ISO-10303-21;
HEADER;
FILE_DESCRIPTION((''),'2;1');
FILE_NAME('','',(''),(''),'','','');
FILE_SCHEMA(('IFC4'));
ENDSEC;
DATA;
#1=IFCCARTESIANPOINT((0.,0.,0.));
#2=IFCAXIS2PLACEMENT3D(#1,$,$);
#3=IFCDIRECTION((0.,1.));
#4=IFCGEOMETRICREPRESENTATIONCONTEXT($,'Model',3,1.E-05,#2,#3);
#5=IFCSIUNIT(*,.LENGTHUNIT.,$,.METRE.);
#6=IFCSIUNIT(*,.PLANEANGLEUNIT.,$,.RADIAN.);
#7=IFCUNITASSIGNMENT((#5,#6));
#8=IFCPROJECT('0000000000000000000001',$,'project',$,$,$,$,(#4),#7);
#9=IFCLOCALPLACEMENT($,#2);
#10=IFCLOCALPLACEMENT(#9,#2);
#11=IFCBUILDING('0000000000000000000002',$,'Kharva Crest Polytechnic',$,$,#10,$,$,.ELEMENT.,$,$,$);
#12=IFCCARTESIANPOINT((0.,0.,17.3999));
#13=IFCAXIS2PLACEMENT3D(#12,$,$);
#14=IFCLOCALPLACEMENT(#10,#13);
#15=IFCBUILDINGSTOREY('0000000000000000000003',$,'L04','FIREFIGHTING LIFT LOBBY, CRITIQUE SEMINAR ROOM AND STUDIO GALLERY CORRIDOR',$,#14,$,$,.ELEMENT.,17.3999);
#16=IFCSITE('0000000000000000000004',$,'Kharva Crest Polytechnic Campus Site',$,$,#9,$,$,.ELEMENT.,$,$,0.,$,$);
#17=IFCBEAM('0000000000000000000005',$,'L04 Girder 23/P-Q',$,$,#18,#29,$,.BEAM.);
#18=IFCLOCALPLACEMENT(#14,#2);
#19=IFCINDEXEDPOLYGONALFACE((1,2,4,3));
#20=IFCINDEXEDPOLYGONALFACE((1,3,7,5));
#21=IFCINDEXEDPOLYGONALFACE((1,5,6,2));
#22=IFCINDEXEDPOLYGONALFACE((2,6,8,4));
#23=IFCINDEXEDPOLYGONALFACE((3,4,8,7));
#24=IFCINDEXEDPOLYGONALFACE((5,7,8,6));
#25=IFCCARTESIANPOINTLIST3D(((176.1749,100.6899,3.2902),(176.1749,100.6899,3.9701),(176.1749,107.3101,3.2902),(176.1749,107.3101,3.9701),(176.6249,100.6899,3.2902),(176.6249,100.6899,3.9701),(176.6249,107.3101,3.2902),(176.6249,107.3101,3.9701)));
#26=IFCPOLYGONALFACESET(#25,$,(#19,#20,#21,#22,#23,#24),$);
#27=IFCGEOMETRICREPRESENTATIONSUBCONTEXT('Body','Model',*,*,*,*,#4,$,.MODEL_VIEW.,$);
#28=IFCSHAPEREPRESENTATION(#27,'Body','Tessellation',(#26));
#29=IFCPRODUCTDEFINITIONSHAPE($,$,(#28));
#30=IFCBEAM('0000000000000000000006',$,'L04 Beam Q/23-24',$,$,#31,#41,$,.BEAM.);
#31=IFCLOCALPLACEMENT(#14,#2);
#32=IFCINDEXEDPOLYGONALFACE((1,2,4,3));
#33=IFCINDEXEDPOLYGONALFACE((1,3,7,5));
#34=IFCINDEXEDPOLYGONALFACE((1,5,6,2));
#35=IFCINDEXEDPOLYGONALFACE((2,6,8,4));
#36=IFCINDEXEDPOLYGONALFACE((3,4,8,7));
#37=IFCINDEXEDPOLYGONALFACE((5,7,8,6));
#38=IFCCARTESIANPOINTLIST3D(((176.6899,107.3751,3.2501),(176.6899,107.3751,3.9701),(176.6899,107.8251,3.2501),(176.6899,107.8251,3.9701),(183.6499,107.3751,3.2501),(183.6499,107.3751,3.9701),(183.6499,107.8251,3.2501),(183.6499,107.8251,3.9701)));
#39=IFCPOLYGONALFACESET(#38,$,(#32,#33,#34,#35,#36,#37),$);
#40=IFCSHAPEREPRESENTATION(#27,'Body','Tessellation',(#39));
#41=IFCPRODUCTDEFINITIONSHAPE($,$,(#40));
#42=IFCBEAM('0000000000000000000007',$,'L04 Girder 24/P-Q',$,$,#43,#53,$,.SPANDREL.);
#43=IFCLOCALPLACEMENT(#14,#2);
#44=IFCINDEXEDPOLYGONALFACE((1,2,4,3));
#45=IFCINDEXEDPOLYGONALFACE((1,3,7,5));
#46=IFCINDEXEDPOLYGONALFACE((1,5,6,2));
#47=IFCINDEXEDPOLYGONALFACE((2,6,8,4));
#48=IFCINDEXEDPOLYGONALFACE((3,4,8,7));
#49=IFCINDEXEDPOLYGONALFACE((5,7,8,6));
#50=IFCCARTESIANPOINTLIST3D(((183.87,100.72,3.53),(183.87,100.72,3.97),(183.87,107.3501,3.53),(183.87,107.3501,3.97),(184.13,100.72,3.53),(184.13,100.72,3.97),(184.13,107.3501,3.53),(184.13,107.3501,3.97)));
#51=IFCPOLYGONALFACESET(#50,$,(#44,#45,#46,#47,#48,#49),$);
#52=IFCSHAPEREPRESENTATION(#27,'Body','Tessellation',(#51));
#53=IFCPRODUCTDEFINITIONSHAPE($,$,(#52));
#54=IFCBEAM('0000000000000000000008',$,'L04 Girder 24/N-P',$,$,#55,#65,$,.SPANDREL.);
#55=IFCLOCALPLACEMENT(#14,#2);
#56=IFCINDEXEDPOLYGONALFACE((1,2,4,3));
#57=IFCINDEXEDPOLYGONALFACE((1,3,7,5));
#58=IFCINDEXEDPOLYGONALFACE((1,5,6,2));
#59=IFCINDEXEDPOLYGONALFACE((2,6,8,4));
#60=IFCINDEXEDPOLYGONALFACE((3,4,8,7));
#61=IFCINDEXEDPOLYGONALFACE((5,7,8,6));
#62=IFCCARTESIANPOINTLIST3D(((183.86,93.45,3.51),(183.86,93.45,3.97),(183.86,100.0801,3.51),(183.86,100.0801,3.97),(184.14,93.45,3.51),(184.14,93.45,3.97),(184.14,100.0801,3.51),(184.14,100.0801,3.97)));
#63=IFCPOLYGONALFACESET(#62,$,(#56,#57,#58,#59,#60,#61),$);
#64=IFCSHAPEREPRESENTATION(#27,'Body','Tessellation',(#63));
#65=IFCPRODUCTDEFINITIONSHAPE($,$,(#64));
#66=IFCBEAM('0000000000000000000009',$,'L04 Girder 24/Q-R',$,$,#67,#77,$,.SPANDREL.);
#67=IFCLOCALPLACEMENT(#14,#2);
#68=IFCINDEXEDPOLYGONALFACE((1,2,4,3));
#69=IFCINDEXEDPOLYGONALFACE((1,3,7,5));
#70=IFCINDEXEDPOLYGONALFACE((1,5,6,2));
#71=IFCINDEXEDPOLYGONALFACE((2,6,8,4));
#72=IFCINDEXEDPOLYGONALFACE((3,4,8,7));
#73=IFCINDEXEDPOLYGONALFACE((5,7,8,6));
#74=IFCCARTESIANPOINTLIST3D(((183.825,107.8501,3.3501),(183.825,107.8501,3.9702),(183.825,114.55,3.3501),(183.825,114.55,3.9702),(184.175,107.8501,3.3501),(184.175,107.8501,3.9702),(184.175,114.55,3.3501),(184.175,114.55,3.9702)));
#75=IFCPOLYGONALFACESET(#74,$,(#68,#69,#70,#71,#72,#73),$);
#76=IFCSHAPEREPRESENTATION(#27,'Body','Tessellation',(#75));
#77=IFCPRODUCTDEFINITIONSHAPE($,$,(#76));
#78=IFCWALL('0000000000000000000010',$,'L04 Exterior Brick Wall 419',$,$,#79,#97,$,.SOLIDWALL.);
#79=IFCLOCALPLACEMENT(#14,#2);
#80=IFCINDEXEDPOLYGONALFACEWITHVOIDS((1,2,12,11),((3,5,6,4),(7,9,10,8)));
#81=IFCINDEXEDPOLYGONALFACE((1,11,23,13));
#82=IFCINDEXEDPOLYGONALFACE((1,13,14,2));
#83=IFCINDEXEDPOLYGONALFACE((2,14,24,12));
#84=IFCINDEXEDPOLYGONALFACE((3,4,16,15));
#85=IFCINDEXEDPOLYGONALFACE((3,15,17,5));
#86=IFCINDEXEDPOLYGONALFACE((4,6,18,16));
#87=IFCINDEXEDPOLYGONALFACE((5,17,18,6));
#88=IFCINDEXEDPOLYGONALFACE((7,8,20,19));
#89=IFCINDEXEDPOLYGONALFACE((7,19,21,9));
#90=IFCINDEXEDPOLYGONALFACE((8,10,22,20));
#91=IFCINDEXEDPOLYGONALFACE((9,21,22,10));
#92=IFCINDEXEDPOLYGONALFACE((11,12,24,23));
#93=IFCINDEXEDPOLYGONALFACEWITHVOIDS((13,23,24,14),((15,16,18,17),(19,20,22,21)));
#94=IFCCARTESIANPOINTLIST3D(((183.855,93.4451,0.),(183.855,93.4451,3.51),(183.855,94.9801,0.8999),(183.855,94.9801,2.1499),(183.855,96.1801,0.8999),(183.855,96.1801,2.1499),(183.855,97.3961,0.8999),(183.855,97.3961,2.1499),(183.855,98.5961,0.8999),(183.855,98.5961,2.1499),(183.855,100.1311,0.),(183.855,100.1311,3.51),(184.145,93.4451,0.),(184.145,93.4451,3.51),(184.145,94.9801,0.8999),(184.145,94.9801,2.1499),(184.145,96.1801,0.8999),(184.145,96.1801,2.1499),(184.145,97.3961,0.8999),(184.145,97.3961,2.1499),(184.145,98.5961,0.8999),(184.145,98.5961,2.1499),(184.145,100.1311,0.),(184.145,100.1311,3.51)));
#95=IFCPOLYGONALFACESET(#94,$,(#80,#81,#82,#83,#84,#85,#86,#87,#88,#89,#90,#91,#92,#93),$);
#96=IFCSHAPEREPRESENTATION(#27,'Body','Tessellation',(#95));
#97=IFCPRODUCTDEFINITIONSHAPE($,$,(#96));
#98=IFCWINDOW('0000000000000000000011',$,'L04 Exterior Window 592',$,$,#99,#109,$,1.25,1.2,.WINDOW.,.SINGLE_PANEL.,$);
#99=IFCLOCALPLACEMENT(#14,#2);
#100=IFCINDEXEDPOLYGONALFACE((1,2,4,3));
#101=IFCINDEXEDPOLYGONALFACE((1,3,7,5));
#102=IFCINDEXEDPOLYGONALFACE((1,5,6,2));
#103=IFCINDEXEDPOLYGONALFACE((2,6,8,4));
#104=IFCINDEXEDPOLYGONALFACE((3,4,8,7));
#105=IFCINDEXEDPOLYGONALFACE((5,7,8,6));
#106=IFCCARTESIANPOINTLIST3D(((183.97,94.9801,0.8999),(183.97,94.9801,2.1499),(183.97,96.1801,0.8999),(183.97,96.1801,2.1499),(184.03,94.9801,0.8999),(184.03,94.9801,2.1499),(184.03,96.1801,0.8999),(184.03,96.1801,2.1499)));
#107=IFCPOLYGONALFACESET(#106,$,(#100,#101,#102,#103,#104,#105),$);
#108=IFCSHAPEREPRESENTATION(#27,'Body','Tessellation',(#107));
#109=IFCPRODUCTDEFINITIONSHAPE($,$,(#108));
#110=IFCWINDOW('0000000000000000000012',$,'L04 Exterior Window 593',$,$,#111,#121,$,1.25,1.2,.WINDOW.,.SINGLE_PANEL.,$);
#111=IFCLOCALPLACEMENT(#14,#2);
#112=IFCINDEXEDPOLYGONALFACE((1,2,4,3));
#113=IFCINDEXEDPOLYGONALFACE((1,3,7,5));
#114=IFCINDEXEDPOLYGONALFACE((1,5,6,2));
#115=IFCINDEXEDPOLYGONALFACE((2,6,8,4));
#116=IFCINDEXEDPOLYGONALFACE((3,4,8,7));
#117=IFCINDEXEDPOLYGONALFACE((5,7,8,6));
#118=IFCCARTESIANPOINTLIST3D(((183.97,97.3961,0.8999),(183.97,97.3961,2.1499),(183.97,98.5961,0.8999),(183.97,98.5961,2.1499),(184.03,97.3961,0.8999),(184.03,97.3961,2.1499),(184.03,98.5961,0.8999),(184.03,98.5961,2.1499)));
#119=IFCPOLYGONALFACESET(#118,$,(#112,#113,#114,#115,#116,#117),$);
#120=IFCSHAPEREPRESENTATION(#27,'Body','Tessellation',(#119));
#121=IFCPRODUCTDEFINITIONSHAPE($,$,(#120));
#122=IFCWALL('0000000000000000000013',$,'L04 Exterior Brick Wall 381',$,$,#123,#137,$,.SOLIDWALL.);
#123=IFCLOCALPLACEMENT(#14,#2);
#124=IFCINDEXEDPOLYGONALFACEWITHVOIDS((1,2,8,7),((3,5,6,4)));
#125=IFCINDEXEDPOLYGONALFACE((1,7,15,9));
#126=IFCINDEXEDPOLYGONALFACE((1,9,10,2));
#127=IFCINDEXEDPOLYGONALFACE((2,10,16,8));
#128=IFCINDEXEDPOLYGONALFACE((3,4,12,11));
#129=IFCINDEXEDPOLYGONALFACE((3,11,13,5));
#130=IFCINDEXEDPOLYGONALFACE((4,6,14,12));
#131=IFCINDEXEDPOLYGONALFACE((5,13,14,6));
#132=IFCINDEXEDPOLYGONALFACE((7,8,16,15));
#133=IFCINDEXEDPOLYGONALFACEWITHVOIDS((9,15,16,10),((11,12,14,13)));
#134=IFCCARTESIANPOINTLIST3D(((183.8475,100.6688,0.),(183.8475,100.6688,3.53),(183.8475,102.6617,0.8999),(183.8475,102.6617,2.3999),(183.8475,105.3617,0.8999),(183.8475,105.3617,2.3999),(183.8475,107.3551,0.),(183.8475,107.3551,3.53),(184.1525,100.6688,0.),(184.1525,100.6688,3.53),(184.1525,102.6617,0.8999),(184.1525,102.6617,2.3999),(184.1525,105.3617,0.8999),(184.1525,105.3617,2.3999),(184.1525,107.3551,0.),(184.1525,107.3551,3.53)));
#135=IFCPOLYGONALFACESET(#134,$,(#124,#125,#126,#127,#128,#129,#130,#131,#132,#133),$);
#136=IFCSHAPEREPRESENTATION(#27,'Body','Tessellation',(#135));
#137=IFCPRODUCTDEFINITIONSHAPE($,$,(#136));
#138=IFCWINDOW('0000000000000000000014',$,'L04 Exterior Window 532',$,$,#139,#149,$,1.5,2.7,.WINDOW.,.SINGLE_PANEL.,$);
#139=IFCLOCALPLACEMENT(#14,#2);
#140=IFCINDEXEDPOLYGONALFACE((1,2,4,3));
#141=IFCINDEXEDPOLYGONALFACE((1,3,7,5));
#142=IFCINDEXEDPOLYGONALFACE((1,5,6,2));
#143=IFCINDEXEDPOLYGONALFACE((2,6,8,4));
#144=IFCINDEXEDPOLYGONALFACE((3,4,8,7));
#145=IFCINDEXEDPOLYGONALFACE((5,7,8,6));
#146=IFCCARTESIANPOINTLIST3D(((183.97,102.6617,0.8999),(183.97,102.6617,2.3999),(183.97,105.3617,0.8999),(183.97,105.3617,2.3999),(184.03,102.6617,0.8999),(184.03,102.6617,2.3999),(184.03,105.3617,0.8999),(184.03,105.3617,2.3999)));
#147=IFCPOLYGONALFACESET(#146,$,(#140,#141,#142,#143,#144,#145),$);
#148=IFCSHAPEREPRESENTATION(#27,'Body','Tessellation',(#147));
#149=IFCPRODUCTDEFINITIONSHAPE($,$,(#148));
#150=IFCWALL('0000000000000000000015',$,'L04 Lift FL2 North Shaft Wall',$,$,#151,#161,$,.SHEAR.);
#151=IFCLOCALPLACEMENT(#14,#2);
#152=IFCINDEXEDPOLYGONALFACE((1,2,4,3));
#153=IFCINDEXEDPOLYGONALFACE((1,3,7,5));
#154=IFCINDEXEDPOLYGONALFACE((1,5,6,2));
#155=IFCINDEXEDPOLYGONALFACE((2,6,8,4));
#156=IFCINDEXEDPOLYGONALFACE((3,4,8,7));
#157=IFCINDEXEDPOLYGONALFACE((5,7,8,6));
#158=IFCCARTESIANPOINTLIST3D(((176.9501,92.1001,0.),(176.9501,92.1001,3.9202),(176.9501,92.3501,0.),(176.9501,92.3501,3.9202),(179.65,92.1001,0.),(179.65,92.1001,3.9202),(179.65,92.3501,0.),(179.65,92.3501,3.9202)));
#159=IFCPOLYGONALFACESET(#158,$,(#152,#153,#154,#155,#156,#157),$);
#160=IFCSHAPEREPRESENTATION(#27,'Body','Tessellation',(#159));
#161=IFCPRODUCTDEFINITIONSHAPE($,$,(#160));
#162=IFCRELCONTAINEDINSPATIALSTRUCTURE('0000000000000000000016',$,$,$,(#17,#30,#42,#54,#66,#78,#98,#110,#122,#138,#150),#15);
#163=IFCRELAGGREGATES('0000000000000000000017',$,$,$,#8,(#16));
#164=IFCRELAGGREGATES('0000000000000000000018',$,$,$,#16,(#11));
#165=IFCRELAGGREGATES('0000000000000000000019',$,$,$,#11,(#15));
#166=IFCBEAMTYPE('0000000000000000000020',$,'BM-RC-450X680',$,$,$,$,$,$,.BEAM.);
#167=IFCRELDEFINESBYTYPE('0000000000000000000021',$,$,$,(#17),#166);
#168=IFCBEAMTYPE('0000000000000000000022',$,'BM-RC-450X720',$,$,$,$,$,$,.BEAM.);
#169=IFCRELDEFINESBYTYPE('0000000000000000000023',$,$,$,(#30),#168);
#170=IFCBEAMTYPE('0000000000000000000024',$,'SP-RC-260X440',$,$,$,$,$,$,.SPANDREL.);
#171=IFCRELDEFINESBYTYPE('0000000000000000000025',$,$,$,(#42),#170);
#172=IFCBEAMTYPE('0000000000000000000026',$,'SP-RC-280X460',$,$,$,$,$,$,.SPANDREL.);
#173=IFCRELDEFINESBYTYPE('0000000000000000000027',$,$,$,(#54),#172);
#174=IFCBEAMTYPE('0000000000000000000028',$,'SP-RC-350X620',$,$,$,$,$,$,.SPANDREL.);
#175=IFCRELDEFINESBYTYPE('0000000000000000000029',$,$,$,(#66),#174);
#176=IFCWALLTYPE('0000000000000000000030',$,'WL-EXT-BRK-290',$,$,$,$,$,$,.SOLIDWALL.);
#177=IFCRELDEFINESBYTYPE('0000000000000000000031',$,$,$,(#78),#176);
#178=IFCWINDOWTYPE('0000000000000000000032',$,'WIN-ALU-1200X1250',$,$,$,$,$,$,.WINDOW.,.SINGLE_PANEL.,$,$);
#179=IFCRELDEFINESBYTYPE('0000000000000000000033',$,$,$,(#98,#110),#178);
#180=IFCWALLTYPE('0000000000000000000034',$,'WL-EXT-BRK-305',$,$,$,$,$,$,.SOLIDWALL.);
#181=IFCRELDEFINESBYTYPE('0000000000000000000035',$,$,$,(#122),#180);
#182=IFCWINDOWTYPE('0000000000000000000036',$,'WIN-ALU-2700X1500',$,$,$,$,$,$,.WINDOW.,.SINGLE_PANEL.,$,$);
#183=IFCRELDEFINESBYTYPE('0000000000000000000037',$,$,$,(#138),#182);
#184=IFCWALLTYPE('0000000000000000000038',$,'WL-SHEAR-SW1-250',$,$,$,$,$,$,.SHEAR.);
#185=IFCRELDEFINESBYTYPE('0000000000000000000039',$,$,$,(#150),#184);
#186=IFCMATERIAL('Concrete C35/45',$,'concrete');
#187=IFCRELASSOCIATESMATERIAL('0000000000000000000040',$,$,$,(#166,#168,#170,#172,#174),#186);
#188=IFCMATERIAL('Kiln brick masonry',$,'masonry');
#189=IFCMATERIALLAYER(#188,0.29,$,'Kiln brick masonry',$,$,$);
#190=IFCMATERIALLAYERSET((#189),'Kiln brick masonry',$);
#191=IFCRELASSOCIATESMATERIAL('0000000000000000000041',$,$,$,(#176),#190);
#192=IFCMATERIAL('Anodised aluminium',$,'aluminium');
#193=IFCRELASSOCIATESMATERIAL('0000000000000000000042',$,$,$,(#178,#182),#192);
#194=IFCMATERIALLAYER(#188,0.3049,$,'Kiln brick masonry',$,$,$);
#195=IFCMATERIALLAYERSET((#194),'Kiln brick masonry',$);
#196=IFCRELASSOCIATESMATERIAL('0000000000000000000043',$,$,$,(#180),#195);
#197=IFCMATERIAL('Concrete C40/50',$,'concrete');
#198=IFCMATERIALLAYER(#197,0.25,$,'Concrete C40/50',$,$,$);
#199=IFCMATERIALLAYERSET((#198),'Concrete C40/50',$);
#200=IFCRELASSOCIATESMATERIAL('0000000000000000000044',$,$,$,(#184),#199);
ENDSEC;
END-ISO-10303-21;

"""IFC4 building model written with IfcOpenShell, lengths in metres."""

from ifc_helpers import new_model, si_unit, direction, frame, frame_2d, origin, origin_2d, place, context, subcontext, project, spatial, rectangle, extrude, material, layer, layer_set, material_profile, profile_set, type_object, element, fill, save


model = new_model("IFC4")

# Units and contexts
model_context = context("Model", 3, precision=1e-05, world=origin(), true_north=direction((0.0, 1.0)))
body_context = subcontext(model_context, "Body", "Model", "MODEL_VIEW")
ifc_project = project(units=[si_unit("LENGTHUNIT", "METRE"), si_unit("PLANEANGLEUNIT", "RADIAN")], contexts=[model_context])

# Site, building, storey
site_placement = place(None, origin())
site = spatial("IfcSite", under=ifc_project, at=site_placement, Name="Kharva Crest Polytechnic Campus Site", CompositionType="ELEMENT", RefElevation=0.0)
building_placement = place(site_placement, origin())
building = spatial("IfcBuilding", under=site, at=building_placement, Name="Kharva Crest Polytechnic", CompositionType="ELEMENT")
storey_placement = place(building_placement, frame((0.0, 0.0, 17.3999)))
storey = spatial("IfcBuildingStorey", under=building, at=storey_placement, Name="L04", Description="FIREFIGHTING LIFT LOBBY, CRITIQUE SEMINAR ROOM AND STUDIO GALLERY CORRIDOR", CompositionType="ELEMENT", Elevation=17.3999)

# Shared definitions
ifc_material_1 = material(Name="Concrete C40/50", Category="concrete")

# Beams
ifc_material_2 = material(Name="Concrete C35/45", Category="concrete")
ifc_material_profile_1 = material_profile(ifc_material_2, rectangle(XDim=0.45, YDim=0.6799, at=origin_2d()), Name="RECT 450 X 680")
ifc_profile_set_1 = profile_set([ifc_material_profile_1], Name="Concrete C35/45")
beam_type_1 = type_object("IfcBeamType", Name="BM-RC-450X680", PredefinedType="BEAM", material=ifc_profile_set_1)
beam_1_placement = place(storey_placement, frame((176.3999, 100.6899, 3.6301), z_axis=(0.0, 1.0, 0.0), x_axis=(-1.0, 0.0, 0.0)))
element("IfcBeam", 1, at=beam_1_placement, inside=storey, type_object=beam_type_1, Name="L04 Girder 23/P-Q", PredefinedType="BEAM", context=body_context, shape_type="SweptSolid", body=[
    extrude(rectangle(XDim=0.45, YDim=0.6799, at=origin_2d()), origin(), (0.0, 0.0, 1.0), 6.6201),
])
ifc_material_profile_2 = material_profile(ifc_material_2, rectangle(XDim=0.45, YDim=0.72, at=origin_2d()), Name="RECT 450 X 720")
ifc_profile_set_2 = profile_set([ifc_material_profile_2], Name="Concrete C35/45")
beam_type_2 = type_object("IfcBeamType", Name="BM-RC-450X720", PredefinedType="BEAM", material=ifc_profile_set_2)
beam_2_placement = place(storey_placement, frame((176.6899, 107.6001, 3.6101), z_axis=(1.0, 0.0, 0.0), x_axis=(0.0, 1.0, 0.0)))
element("IfcBeam", 2, at=beam_2_placement, inside=storey, type_object=beam_type_2, Name="L04 Beam Q/23-24", PredefinedType="BEAM", context=body_context, shape_type="SweptSolid", body=[
    extrude(rectangle(XDim=0.45, YDim=0.72, at=origin_2d()), origin(), (0.0, 0.0, 1.0), 6.96),
])
ifc_material_profile_3 = material_profile(ifc_material_2, rectangle(XDim=0.26, YDim=0.4399, at=origin_2d()), Name="RECT 260 X 440")
ifc_profile_set_3 = profile_set([ifc_material_profile_3], Name="Concrete C35/45")
beam_type_3 = type_object("IfcBeamType", Name="SP-RC-260X440", PredefinedType="SPANDREL", material=ifc_profile_set_3)
beam_3_placement = place(storey_placement, frame((184.0, 100.72, 3.75), z_axis=(0.0, 1.0, 0.0), x_axis=(-1.0, 0.0, 0.0)))
element("IfcBeam", 3, at=beam_3_placement, inside=storey, type_object=beam_type_3, Name="L04 Girder 24/P-Q", PredefinedType="SPANDREL", context=body_context, shape_type="SweptSolid", body=[
    extrude(rectangle(XDim=0.26, YDim=0.4399, at=origin_2d()), origin(), (0.0, 0.0, 1.0), 6.6301),
])
ifc_material_profile_4 = material_profile(ifc_material_2, rectangle(XDim=0.28, YDim=0.46, at=origin_2d()), Name="RECT 280 X 460")
ifc_profile_set_4 = profile_set([ifc_material_profile_4], Name="Concrete C35/45")
beam_type_4 = type_object("IfcBeamType", Name="SP-RC-280X460", PredefinedType="SPANDREL", material=ifc_profile_set_4)
beam_4_placement = place(storey_placement, frame((184.0, 93.45, 3.74), z_axis=(0.0, 1.0, 0.0), x_axis=(-1.0, 0.0, 0.0)))
element("IfcBeam", 4, at=beam_4_placement, inside=storey, type_object=beam_type_4, Name="L04 Girder 24/N-P", PredefinedType="SPANDREL", context=body_context, shape_type="SweptSolid", body=[
    extrude(rectangle(XDim=0.28, YDim=0.46, at=origin_2d()), origin(), (0.0, 0.0, 1.0), 6.6301),
])
ifc_material_profile_5 = material_profile(ifc_material_2, rectangle(XDim=0.3501, YDim=0.6201, at=origin_2d()), Name="RECT 350 X 620")
ifc_profile_set_5 = profile_set([ifc_material_profile_5], Name="Concrete C35/45")
beam_type_5 = type_object("IfcBeamType", Name="SP-RC-350X620", PredefinedType="SPANDREL", material=ifc_profile_set_5)
beam_5_placement = place(storey_placement, frame((184.0, 107.8501, 3.6602), z_axis=(0.0, 1.0, 0.0), x_axis=(-1.0, 0.0, 0.0)))
element("IfcBeam", 5, at=beam_5_placement, inside=storey, type_object=beam_type_5, Name="L04 Girder 24/Q-R", PredefinedType="SPANDREL", context=body_context, shape_type="SweptSolid", body=[
    extrude(rectangle(XDim=0.3501, YDim=0.6201, at=origin_2d()), origin(), (0.0, 0.0, 1.0), 6.7),
])

# Wall, openings, windows
ifc_material_3 = material(Name="Kiln brick masonry", Category="masonry")
ifc_layer_1 = layer(ifc_material_3, 0.29, Name="Kiln brick masonry")
ifc_layer_set_1 = layer_set([ifc_layer_1], Name="Kiln brick masonry")
wall_type_1 = type_object("IfcWallType", Name="WL-EXT-BRK-290", PredefinedType="SOLIDWALL", material=ifc_layer_set_1)
wall_1_placement = place(storey_placement, frame((184.0, 93.4451, 0.0), z_axis=(0.0, 0.0, 1.0), x_axis=(0.0, 1.0, 0.0)))
wall_1 = element("IfcWall", 6, at=wall_1_placement, inside=storey, type_object=wall_type_1, Name="L04 Exterior Brick Wall 419", PredefinedType="SOLIDWALL", context=body_context, shape_type="SweptSolid", body=[
    extrude(rectangle(XDim=6.686, YDim=0.29, at=frame_2d((3.343, 0.0))), origin(), (0.0, 0.0, 1.0), 3.51),
])
opening_1_placement = place(wall_1_placement, frame((1.5349, 0.0, 0.8999)))
opening_1 = element("IfcOpeningElement", 7, at=opening_1_placement, cuts=wall_1, PredefinedType="OPENING", context=body_context, shape_type="SweptSolid", body=[
    extrude(rectangle(XDim=1.2, YDim=1.25, at=frame_2d((0.6001, 0.625))), frame((0.0, 0.155, 0.0), z_axis=(0.0, -1.0, 0.0), x_axis=(1.0, 0.0, 0.0)), (0.0, 0.0, 1.0), 0.3101),
])
opening_2_placement = place(wall_1_placement, frame((3.9509, 0.0, 0.8999)))
opening_2 = element("IfcOpeningElement", 8, at=opening_2_placement, cuts=wall_1, PredefinedType="OPENING", context=body_context, shape_type="SweptSolid", body=[
    extrude(rectangle(XDim=1.2, YDim=1.25, at=frame_2d((0.6001, 0.625))), frame((0.0, 0.155, 0.0), z_axis=(0.0, -1.0, 0.0), x_axis=(1.0, 0.0, 0.0)), (0.0, 0.0, 1.0), 0.3101),
])
ifc_material_4 = material(Name="Anodised aluminium", Category="aluminium")
window_type_1 = type_object("IfcWindowType", Name="WIN-ALU-1200X1250", PartitioningType="SINGLE_PANEL", PredefinedType="WINDOW", material=ifc_material_4)
window_1_placement = place(opening_1_placement, origin())
window_1 = element("IfcWindow", 9, at=window_1_placement, inside=storey, type_object=window_type_1, Name="L04 Exterior Window 592", OverallHeight=1.25, OverallWidth=1.2, PartitioningType="SINGLE_PANEL", PredefinedType="WINDOW", context=body_context, shape_type="SweptSolid", body=[
    extrude(rectangle(XDim=1.2, YDim=1.25, at=frame_2d((0.6001, 0.625))), frame((0.0, 0.03, 0.0), z_axis=(0.0, -1.0, 0.0), x_axis=(1.0, 0.0, 0.0)), (0.0, 0.0, 1.0), 0.0601),
])
fill(opening_1, window_1)
window_2_placement = place(opening_2_placement, origin())
window_2 = element("IfcWindow", 10, at=window_2_placement, inside=storey, type_object=window_type_1, Name="L04 Exterior Window 593", OverallHeight=1.25, OverallWidth=1.2, PartitioningType="SINGLE_PANEL", PredefinedType="WINDOW", context=body_context, shape_type="SweptSolid", body=[
    extrude(rectangle(XDim=1.2, YDim=1.25, at=frame_2d((0.6001, 0.625))), frame((0.0, 0.03, 0.0), z_axis=(0.0, -1.0, 0.0), x_axis=(1.0, 0.0, 0.0)), (0.0, 0.0, 1.0), 0.0601),
])
fill(opening_2, window_2)

# Wall, opening, window
ifc_layer_2 = layer(ifc_material_3, 0.3049, Name="Kiln brick masonry")
ifc_layer_set_2 = layer_set([ifc_layer_2], Name="Kiln brick masonry")
wall_type_2 = type_object("IfcWallType", Name="WL-EXT-BRK-305", PredefinedType="SOLIDWALL", material=ifc_layer_set_2)
wall_2_placement = place(storey_placement, frame((184.0, 100.6687, 0.0), z_axis=(0.0, 0.0, 1.0), x_axis=(0.0, 1.0, 0.0)))
wall_2 = element("IfcWall", 11, at=wall_2_placement, inside=storey, type_object=wall_type_2, Name="L04 Exterior Brick Wall 381", PredefinedType="SOLIDWALL", context=body_context, shape_type="SweptSolid", body=[
    extrude(rectangle(XDim=6.6863, YDim=0.3049, at=frame_2d((3.3433, 0.0))), origin(), (0.0, 0.0, 1.0), 3.53),
])
opening_3_placement = place(wall_2_placement, frame((1.9929, 0.0, 0.8999)))
opening_3 = element("IfcOpeningElement", 12, at=opening_3_placement, cuts=wall_2, PredefinedType="OPENING", context=body_context, shape_type="SweptSolid", body=[
    extrude(rectangle(XDim=2.7, YDim=1.5, at=frame_2d((1.3501, 0.75))), frame((0.0, 0.1624, 0.0), z_axis=(0.0, -1.0, 0.0), x_axis=(1.0, 0.0, 0.0)), (0.0, 0.0, 1.0), 0.325),
])
window_type_2 = type_object("IfcWindowType", Name="WIN-ALU-2700X1500", PartitioningType="SINGLE_PANEL", PredefinedType="WINDOW", material=ifc_material_4)
window_3_placement = place(opening_3_placement, origin())
window_3 = element("IfcWindow", 13, at=window_3_placement, inside=storey, type_object=window_type_2, Name="L04 Exterior Window 532", OverallHeight=1.5, OverallWidth=2.7, PartitioningType="SINGLE_PANEL", PredefinedType="WINDOW", context=body_context, shape_type="SweptSolid", body=[
    extrude(rectangle(XDim=2.7, YDim=1.5, at=frame_2d((1.3501, 0.75))), frame((0.0, 0.03, 0.0), z_axis=(0.0, -1.0, 0.0), x_axis=(1.0, 0.0, 0.0)), (0.0, 0.0, 1.0), 0.0601),
])
fill(opening_3, window_3)

# Wall
ifc_layer_3 = layer(ifc_material_1, 0.25, Name="Concrete C40/50")
ifc_layer_set_3 = layer_set([ifc_layer_3], Name="Concrete C40/50")
wall_type_3 = type_object("IfcWallType", Name="WL-SHEAR-SW1-250", PredefinedType="SHEAR", material=ifc_layer_set_3)
wall_3_placement = place(storey_placement, frame((176.95, 92.2251, 0.0), z_axis=(0.0, 0.0, 1.0), x_axis=(1.0, 0.0, 0.0)))
element("IfcWall", 14, at=wall_3_placement, inside=storey, type_object=wall_type_3, Name="L04 Lift FL2 North Shaft Wall", PredefinedType="SHEAR", context=body_context, shape_type="SweptSolid", body=[
    extrude(rectangle(XDim=2.7, YDim=0.25, at=frame_2d((1.3501, 0.0))), origin(), (0.0, 0.0, 1.0), 3.9202),
])

save(model, "model.ifc")
